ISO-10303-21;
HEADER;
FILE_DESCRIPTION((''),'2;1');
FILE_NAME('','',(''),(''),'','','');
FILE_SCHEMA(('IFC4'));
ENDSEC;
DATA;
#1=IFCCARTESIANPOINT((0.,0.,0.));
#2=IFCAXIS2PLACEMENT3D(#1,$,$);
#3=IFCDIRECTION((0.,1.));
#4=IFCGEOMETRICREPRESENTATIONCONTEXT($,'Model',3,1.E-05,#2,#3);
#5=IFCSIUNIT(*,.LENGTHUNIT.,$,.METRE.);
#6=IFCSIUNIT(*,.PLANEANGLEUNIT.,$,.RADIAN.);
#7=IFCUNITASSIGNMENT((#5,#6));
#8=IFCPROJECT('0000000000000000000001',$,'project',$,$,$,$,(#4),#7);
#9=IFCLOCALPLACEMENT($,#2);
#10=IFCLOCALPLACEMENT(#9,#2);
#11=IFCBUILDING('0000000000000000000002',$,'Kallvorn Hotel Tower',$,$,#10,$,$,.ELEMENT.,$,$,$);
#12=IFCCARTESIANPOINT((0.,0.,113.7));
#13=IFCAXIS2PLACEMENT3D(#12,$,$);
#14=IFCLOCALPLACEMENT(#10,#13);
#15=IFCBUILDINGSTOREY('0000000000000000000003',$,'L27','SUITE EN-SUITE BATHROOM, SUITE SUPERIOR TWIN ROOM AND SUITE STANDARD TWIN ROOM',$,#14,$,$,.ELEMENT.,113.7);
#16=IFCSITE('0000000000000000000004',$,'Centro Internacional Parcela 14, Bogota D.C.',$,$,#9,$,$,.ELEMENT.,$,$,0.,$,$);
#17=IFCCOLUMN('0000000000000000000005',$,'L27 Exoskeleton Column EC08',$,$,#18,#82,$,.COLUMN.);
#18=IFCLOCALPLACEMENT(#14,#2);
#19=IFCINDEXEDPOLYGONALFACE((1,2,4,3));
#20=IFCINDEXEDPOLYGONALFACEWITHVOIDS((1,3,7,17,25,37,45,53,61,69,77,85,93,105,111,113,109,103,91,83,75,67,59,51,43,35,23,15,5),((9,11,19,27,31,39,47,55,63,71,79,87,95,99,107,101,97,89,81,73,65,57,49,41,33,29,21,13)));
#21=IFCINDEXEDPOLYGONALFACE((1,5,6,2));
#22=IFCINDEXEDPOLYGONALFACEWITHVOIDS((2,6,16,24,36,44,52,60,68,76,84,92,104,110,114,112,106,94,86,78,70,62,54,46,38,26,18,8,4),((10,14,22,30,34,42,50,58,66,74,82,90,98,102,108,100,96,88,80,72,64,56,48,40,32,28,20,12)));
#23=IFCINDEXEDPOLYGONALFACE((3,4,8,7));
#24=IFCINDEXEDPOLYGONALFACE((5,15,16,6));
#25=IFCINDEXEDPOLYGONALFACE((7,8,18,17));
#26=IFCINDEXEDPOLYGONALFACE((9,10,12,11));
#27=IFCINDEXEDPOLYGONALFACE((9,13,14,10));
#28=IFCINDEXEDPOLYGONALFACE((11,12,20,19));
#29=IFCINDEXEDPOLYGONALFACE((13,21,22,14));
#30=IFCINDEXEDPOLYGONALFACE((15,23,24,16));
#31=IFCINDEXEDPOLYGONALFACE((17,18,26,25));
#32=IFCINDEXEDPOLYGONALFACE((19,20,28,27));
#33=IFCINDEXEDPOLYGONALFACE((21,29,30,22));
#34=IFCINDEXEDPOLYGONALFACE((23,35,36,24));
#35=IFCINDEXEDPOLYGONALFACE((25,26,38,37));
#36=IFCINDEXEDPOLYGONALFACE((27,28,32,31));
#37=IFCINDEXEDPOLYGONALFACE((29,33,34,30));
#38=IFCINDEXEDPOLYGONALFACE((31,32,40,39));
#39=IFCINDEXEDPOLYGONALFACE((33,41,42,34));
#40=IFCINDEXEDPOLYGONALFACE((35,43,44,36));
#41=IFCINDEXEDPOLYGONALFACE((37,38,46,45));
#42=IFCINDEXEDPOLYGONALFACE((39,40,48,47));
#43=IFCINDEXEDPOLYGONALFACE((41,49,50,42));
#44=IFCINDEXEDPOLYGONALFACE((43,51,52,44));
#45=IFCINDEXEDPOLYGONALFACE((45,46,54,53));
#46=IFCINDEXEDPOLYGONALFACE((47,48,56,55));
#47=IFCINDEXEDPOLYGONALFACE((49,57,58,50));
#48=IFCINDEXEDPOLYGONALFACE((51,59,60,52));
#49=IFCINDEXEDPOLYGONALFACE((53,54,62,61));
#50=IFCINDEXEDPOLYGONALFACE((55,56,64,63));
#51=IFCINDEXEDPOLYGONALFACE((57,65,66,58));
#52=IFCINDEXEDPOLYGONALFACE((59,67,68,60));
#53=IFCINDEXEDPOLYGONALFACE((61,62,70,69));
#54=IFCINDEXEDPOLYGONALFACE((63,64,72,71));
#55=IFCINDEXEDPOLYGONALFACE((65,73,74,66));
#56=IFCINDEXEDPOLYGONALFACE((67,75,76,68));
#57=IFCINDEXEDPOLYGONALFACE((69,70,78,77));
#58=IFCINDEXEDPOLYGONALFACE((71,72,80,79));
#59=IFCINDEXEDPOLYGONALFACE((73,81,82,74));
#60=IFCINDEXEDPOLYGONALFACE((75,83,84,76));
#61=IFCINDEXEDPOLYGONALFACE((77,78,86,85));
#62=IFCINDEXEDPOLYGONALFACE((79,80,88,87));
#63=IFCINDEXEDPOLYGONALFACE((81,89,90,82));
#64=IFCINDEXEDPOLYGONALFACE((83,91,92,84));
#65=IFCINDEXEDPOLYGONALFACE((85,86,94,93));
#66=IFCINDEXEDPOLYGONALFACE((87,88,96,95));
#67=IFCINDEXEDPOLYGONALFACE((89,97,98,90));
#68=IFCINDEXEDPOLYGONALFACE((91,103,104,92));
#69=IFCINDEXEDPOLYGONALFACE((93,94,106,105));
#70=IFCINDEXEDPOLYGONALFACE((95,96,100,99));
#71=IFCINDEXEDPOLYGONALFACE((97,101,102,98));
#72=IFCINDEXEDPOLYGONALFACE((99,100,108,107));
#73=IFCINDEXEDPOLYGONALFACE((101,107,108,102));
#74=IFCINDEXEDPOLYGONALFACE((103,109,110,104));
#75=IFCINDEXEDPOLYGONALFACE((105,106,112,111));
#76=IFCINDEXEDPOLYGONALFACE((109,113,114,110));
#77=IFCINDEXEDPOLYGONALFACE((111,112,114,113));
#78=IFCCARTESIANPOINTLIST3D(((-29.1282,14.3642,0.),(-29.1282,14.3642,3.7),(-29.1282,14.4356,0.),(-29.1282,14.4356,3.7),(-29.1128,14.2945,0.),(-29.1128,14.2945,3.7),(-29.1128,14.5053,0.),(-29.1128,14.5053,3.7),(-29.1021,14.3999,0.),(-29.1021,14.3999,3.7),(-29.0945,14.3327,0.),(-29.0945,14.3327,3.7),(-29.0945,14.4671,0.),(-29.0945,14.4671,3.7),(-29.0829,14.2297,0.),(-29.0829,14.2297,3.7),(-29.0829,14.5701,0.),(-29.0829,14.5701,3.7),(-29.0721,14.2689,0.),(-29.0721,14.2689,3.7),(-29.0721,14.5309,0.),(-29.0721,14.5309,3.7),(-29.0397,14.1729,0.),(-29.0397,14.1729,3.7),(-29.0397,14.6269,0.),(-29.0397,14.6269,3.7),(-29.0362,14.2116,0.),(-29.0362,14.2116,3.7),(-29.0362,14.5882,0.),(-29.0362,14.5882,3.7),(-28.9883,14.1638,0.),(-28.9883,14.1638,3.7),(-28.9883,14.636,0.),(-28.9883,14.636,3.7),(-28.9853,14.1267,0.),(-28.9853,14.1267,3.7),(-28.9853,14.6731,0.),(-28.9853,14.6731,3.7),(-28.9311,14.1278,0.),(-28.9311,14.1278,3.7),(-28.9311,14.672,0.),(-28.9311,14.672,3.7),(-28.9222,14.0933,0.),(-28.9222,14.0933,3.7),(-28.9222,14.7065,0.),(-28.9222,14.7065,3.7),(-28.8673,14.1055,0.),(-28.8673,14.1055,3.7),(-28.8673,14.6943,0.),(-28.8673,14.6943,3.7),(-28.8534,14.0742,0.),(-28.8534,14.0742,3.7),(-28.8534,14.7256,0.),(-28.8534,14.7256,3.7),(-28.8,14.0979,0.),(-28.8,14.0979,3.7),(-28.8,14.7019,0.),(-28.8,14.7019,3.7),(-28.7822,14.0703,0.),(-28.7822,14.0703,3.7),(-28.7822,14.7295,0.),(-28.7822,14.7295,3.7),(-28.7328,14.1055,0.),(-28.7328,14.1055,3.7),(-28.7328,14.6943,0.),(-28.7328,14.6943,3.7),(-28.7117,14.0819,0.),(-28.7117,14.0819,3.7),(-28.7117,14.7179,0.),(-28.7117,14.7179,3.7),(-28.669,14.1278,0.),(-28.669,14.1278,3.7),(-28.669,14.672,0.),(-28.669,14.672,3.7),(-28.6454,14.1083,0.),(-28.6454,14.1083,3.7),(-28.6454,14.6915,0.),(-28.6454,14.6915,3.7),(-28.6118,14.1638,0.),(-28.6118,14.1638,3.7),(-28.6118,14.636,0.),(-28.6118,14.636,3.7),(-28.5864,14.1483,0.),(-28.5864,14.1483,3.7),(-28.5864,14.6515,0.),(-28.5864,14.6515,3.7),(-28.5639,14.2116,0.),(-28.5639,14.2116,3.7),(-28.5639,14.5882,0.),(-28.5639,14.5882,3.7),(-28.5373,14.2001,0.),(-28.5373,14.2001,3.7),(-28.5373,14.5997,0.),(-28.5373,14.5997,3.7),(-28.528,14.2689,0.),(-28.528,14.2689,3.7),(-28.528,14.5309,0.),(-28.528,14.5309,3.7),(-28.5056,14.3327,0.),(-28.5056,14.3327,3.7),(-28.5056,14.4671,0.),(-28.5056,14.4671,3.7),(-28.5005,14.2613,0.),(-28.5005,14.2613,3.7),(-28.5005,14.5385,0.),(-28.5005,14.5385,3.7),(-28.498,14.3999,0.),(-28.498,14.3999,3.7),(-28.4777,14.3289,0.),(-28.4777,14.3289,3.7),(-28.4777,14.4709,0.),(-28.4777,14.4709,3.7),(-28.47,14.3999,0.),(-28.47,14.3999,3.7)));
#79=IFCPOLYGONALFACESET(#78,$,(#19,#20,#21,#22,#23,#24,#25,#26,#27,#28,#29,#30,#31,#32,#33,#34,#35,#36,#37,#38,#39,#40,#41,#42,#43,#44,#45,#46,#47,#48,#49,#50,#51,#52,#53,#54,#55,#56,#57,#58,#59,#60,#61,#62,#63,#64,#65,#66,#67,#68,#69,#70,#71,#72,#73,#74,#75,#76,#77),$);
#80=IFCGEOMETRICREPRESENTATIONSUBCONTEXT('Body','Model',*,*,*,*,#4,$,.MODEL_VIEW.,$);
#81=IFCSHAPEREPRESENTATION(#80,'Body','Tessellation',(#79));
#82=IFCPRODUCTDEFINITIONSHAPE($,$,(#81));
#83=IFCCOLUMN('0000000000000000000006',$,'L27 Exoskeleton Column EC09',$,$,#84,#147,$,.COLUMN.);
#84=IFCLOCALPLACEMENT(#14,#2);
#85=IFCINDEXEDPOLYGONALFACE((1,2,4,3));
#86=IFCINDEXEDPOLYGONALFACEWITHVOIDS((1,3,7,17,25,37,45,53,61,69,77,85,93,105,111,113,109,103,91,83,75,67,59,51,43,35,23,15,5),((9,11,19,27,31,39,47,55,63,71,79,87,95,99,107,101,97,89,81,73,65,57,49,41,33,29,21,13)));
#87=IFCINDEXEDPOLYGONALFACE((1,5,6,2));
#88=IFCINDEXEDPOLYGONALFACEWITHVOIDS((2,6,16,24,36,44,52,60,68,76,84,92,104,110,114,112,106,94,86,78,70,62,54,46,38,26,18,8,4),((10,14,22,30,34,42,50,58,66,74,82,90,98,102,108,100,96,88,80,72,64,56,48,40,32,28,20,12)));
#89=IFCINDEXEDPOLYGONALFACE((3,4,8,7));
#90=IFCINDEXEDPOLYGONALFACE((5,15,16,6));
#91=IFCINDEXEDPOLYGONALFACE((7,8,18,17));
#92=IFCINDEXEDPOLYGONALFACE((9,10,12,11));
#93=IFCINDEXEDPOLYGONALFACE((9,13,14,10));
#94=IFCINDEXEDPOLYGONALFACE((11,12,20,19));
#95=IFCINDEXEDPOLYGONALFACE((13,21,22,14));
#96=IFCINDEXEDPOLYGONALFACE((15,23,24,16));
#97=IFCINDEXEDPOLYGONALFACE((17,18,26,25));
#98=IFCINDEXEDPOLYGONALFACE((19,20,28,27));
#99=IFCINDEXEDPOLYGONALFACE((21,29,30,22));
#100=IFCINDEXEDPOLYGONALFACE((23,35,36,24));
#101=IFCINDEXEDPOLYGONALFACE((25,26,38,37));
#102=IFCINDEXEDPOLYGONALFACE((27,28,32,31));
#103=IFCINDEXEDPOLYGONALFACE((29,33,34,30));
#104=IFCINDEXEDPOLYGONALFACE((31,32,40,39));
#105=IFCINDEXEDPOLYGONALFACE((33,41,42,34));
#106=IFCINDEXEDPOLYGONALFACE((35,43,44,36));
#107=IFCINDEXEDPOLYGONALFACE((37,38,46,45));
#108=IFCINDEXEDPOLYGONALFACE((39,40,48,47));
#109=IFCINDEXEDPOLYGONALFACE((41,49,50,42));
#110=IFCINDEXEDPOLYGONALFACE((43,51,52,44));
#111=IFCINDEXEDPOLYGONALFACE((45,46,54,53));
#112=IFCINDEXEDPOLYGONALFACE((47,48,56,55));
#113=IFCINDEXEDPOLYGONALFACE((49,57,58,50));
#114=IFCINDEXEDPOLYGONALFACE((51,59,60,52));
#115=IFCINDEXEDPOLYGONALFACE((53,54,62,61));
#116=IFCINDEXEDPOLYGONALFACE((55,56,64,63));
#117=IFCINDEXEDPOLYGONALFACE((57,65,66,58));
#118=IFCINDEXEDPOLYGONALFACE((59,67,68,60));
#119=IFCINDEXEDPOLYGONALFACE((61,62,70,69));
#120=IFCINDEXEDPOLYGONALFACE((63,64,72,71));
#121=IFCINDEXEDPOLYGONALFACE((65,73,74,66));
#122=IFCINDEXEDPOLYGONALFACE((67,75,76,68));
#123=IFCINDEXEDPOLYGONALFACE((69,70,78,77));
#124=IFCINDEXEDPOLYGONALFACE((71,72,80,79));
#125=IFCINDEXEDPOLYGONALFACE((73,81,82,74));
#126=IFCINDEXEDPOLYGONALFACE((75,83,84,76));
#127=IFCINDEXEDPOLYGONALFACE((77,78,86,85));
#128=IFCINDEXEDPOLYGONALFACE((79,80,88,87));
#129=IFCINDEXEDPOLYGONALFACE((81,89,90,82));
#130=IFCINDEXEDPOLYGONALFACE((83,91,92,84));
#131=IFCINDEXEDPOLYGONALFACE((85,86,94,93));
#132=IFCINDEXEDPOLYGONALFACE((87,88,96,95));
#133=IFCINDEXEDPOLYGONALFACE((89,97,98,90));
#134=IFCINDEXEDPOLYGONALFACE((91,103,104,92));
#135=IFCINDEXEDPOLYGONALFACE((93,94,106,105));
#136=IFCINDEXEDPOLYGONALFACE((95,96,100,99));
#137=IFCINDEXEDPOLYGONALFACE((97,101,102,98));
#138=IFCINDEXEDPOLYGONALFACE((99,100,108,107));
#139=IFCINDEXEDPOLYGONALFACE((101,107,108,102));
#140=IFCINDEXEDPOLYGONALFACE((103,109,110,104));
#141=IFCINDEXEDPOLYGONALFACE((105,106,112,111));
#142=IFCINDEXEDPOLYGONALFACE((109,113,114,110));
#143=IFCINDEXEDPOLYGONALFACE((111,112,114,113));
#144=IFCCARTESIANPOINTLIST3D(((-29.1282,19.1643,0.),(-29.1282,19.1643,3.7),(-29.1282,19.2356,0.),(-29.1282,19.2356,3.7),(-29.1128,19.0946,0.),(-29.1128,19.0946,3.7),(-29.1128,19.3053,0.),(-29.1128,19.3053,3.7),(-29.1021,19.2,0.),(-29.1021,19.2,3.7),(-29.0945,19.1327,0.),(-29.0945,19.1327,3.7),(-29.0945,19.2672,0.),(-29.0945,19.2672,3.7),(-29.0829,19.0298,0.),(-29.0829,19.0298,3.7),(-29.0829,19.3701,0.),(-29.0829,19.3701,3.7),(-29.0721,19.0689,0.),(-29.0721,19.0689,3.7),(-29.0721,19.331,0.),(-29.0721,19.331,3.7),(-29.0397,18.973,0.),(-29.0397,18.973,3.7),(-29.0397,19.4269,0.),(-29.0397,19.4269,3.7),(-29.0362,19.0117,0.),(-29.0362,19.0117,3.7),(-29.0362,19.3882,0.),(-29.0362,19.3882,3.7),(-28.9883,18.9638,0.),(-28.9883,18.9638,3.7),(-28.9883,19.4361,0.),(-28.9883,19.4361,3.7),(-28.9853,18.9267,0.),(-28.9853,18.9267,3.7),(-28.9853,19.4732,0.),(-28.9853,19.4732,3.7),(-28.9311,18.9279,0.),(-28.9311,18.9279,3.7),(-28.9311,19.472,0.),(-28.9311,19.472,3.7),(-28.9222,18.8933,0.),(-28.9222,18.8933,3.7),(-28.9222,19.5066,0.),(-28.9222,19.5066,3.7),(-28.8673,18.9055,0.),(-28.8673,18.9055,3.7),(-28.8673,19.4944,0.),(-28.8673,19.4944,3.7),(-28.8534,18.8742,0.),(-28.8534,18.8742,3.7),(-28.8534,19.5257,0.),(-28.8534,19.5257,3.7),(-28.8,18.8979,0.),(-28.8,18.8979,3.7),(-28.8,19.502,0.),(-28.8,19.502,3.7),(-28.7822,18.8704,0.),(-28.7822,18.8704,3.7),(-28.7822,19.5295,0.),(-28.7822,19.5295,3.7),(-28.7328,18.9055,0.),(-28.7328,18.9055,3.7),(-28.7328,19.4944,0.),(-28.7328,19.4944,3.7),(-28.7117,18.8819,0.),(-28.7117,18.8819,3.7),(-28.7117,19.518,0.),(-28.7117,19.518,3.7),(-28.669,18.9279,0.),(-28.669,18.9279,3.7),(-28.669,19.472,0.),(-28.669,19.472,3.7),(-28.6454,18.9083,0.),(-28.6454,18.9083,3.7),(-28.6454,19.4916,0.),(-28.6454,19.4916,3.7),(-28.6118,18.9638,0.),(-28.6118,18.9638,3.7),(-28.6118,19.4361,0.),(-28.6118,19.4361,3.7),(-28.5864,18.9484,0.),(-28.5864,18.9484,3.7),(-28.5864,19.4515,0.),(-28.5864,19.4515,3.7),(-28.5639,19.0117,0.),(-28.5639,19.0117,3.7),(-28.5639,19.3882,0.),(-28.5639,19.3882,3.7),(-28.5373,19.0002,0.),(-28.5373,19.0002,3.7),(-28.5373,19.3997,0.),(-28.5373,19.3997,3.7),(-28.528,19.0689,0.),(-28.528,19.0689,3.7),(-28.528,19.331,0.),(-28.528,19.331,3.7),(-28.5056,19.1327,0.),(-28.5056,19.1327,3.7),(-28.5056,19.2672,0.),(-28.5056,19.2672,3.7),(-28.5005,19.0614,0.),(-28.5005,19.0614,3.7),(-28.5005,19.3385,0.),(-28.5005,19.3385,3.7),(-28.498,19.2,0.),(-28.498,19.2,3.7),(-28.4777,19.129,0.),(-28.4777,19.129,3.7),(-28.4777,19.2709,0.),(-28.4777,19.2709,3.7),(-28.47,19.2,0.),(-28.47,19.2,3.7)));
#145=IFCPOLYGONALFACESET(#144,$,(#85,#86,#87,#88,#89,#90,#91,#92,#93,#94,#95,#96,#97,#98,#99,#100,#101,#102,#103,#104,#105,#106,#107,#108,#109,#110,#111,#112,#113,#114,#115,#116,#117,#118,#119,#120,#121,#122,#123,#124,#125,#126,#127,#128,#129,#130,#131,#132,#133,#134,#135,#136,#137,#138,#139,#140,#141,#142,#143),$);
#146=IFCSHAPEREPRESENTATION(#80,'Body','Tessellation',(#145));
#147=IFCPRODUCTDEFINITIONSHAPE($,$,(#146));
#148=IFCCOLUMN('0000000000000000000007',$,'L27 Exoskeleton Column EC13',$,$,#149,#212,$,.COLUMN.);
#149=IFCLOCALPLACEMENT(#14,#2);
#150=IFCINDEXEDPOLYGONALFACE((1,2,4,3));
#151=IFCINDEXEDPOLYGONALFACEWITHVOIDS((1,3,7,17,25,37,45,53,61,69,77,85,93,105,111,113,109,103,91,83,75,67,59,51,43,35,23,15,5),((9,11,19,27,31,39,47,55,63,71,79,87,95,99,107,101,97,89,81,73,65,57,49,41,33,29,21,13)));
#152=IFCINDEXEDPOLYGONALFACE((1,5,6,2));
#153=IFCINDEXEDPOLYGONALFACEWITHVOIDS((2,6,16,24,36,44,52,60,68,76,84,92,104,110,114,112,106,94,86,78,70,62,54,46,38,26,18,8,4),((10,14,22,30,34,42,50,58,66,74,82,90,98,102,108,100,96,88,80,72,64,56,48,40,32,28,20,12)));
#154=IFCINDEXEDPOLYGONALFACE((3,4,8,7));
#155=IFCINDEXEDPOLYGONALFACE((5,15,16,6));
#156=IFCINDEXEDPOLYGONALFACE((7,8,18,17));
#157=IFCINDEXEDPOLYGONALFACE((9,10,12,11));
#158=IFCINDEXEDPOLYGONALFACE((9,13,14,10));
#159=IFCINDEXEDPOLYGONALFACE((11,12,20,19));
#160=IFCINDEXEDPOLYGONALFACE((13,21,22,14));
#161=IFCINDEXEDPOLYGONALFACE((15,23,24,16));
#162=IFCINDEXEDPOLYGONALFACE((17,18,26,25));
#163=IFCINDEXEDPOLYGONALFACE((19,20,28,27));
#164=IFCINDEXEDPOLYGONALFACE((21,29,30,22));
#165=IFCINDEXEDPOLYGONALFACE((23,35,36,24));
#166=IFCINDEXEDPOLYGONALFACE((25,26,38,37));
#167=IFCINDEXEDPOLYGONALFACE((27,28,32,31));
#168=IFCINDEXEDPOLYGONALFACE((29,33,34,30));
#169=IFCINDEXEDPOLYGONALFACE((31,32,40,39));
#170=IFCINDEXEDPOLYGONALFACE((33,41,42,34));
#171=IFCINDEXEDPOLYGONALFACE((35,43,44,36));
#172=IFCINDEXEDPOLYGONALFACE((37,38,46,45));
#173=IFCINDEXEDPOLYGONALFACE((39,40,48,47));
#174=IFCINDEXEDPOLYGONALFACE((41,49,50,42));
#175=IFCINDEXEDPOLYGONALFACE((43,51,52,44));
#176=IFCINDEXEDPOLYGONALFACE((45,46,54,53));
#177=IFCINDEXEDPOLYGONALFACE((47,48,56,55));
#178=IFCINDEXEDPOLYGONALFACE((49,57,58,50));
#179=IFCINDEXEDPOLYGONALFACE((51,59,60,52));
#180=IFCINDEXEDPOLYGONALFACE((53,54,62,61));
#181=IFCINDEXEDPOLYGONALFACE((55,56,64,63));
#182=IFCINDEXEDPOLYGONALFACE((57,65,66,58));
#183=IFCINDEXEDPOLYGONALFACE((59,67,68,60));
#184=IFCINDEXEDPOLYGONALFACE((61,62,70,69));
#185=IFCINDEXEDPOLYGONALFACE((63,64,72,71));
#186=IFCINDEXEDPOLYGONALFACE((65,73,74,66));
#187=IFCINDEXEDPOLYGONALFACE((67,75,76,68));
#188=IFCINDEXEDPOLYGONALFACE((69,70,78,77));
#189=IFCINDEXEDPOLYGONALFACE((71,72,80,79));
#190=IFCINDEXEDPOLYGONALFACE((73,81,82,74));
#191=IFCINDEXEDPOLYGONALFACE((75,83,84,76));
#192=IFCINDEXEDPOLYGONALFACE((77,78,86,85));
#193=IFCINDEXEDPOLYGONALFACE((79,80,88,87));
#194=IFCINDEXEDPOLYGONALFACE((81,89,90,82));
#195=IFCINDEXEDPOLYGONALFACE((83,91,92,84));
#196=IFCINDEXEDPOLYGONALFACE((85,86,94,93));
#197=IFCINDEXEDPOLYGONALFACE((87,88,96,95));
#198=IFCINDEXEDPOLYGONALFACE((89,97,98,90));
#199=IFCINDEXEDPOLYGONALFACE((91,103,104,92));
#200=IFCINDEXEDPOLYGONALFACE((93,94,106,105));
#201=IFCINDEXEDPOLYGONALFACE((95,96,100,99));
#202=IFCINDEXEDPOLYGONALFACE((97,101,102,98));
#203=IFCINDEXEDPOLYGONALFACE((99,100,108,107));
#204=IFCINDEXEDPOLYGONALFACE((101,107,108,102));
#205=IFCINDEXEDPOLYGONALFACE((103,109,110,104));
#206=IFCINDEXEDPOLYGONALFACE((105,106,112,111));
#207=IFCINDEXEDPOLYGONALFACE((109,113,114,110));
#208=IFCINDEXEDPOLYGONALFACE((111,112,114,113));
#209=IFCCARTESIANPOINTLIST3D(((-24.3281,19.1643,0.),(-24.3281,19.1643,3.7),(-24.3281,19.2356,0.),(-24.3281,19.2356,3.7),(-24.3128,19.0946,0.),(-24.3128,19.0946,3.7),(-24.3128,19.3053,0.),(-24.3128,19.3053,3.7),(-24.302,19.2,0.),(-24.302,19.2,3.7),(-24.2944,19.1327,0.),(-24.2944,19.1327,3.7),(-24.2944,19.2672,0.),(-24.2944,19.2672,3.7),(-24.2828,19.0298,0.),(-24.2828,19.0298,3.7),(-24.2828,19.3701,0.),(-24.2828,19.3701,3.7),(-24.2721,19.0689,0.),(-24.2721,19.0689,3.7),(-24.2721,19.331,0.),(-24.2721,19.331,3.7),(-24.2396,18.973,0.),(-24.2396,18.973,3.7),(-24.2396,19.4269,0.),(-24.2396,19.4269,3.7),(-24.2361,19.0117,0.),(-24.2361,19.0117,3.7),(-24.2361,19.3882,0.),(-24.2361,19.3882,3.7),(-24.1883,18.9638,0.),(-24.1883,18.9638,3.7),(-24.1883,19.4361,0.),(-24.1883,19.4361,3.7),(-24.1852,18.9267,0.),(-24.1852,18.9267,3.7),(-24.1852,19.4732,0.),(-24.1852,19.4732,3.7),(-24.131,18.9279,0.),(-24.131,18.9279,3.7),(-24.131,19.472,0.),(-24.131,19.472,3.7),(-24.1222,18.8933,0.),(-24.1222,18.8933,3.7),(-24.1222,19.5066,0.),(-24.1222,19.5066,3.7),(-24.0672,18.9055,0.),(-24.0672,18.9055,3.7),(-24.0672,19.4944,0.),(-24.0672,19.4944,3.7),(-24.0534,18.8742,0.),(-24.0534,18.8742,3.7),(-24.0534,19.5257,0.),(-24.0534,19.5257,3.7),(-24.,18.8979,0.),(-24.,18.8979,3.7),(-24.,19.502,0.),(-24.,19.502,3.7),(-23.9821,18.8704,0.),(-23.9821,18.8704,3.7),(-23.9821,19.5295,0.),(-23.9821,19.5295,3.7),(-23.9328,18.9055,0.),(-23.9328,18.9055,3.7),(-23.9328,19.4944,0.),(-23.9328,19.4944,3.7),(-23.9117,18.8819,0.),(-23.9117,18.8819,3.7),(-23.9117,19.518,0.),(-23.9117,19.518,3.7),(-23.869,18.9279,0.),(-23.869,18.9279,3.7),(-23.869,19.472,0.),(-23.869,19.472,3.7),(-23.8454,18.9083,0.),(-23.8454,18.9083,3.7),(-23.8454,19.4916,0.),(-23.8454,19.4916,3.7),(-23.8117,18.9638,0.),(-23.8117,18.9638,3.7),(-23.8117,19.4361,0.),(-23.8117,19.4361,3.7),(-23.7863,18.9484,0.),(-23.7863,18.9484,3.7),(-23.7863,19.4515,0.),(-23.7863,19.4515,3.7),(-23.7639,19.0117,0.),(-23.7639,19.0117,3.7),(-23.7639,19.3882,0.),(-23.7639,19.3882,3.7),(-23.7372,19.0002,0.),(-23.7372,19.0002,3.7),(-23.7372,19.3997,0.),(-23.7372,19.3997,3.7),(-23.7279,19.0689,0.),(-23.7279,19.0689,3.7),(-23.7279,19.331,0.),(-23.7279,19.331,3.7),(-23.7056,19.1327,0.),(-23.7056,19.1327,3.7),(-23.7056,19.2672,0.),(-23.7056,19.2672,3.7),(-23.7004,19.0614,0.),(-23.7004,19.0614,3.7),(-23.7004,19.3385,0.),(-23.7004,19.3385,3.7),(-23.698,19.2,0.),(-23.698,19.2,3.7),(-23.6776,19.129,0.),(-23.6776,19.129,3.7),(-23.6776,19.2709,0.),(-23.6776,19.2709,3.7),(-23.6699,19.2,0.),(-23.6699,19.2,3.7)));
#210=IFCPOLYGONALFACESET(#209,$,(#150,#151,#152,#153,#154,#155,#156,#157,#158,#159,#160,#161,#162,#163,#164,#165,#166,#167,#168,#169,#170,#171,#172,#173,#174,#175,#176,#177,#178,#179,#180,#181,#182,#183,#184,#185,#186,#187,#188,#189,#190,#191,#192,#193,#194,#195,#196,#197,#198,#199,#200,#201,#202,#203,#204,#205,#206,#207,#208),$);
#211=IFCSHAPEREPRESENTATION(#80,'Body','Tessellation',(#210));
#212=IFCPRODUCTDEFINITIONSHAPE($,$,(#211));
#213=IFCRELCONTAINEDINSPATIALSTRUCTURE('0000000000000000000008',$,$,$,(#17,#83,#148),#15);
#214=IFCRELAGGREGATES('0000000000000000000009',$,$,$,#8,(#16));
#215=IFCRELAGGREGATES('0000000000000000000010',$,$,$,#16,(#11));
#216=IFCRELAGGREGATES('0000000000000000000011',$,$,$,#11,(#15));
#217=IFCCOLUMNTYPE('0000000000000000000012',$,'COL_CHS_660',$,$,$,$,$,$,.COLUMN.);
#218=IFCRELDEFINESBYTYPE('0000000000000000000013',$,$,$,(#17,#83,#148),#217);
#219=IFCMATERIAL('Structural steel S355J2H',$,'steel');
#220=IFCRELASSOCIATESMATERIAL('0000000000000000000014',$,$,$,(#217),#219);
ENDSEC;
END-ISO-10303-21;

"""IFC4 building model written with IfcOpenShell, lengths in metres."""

from ifc_helpers import new_model, si_unit, direction, frame, origin, origin_2d, place, context, subcontext, project, spatial, hollow_circle, extrude, material, material_profile, profile_set, type_object, element, save


model = new_model("IFC4")

# Units and contexts
model_context = context("Model", 3, precision=1e-05, world=origin(), true_north=direction((0.0, 1.0)))
body_context = subcontext(model_context, "Body", "Model", "MODEL_VIEW")
ifc_project = project(units=[si_unit("LENGTHUNIT", "METRE"), si_unit("PLANEANGLEUNIT", "RADIAN")], contexts=[model_context])

# Site, building, storey
site_placement = place(None, origin())
site = spatial("IfcSite", under=ifc_project, at=site_placement, Name="Centro Internacional Parcela 14, Bogota D.C.", CompositionType="ELEMENT", RefElevation=0.0)
building_placement = place(site_placement, origin())
building = spatial("IfcBuilding", under=site, at=building_placement, Name="Kallvorn Hotel Tower", CompositionType="ELEMENT")
storey_placement = place(building_placement, frame((0.0, 0.0, 113.7)))
storey = spatial("IfcBuildingStorey", under=building, at=storey_placement, Name="L27", Description="SUITE EN-SUITE BATHROOM, SUITE SUPERIOR TWIN ROOM AND SUITE STANDARD TWIN ROOM", CompositionType="ELEMENT", Elevation=113.7)

# Columns
ifc_material_1 = material(Name="Structural steel S355J2H", Category="steel")
ifc_material_profile_1 = material_profile(ifc_material_1, hollow_circle(Radius=0.3301, WallThickness=0.0281, at=origin_2d()), Name="CHS 660x28")
ifc_profile_set_1 = profile_set([ifc_material_profile_1], Name="Structural steel S355J2H")
column_type_1 = type_object("IfcColumnType", Name="COL_CHS_660", PredefinedType="COLUMN", material=ifc_profile_set_1)
for number, where, z_axis, x_axis, name in (
    (1, (-28.8, 14.3999, 0.0), (0.0, 0.0, 1.0), (1.0, 0.0, 0.0), "L27 Exoskeleton Column EC08"),
    (2, (-28.8, 19.2, 0.0), (0.0, 0.0, 1.0), (1.0, 0.0, 0.0), "L27 Exoskeleton Column EC09"),
    (3, (-24.0, 19.2, 0.0), (0.0, 0.0, 1.0), (1.0, 0.0, 0.0), "L27 Exoskeleton Column EC13"),
):
    element("IfcColumn", number, at=place(storey_placement, frame(where, z_axis=z_axis, x_axis=x_axis)), inside=storey, type_object=column_type_1, Name=name, PredefinedType="COLUMN", context=body_context, shape_type="SweptSolid", body=[
        extrude(hollow_circle(Radius=0.3301, WallThickness=0.0281, at=origin_2d()), origin(), (0.0, 0.0, 1.0), 3.7),
    ])

save(model, "model.ifc")
